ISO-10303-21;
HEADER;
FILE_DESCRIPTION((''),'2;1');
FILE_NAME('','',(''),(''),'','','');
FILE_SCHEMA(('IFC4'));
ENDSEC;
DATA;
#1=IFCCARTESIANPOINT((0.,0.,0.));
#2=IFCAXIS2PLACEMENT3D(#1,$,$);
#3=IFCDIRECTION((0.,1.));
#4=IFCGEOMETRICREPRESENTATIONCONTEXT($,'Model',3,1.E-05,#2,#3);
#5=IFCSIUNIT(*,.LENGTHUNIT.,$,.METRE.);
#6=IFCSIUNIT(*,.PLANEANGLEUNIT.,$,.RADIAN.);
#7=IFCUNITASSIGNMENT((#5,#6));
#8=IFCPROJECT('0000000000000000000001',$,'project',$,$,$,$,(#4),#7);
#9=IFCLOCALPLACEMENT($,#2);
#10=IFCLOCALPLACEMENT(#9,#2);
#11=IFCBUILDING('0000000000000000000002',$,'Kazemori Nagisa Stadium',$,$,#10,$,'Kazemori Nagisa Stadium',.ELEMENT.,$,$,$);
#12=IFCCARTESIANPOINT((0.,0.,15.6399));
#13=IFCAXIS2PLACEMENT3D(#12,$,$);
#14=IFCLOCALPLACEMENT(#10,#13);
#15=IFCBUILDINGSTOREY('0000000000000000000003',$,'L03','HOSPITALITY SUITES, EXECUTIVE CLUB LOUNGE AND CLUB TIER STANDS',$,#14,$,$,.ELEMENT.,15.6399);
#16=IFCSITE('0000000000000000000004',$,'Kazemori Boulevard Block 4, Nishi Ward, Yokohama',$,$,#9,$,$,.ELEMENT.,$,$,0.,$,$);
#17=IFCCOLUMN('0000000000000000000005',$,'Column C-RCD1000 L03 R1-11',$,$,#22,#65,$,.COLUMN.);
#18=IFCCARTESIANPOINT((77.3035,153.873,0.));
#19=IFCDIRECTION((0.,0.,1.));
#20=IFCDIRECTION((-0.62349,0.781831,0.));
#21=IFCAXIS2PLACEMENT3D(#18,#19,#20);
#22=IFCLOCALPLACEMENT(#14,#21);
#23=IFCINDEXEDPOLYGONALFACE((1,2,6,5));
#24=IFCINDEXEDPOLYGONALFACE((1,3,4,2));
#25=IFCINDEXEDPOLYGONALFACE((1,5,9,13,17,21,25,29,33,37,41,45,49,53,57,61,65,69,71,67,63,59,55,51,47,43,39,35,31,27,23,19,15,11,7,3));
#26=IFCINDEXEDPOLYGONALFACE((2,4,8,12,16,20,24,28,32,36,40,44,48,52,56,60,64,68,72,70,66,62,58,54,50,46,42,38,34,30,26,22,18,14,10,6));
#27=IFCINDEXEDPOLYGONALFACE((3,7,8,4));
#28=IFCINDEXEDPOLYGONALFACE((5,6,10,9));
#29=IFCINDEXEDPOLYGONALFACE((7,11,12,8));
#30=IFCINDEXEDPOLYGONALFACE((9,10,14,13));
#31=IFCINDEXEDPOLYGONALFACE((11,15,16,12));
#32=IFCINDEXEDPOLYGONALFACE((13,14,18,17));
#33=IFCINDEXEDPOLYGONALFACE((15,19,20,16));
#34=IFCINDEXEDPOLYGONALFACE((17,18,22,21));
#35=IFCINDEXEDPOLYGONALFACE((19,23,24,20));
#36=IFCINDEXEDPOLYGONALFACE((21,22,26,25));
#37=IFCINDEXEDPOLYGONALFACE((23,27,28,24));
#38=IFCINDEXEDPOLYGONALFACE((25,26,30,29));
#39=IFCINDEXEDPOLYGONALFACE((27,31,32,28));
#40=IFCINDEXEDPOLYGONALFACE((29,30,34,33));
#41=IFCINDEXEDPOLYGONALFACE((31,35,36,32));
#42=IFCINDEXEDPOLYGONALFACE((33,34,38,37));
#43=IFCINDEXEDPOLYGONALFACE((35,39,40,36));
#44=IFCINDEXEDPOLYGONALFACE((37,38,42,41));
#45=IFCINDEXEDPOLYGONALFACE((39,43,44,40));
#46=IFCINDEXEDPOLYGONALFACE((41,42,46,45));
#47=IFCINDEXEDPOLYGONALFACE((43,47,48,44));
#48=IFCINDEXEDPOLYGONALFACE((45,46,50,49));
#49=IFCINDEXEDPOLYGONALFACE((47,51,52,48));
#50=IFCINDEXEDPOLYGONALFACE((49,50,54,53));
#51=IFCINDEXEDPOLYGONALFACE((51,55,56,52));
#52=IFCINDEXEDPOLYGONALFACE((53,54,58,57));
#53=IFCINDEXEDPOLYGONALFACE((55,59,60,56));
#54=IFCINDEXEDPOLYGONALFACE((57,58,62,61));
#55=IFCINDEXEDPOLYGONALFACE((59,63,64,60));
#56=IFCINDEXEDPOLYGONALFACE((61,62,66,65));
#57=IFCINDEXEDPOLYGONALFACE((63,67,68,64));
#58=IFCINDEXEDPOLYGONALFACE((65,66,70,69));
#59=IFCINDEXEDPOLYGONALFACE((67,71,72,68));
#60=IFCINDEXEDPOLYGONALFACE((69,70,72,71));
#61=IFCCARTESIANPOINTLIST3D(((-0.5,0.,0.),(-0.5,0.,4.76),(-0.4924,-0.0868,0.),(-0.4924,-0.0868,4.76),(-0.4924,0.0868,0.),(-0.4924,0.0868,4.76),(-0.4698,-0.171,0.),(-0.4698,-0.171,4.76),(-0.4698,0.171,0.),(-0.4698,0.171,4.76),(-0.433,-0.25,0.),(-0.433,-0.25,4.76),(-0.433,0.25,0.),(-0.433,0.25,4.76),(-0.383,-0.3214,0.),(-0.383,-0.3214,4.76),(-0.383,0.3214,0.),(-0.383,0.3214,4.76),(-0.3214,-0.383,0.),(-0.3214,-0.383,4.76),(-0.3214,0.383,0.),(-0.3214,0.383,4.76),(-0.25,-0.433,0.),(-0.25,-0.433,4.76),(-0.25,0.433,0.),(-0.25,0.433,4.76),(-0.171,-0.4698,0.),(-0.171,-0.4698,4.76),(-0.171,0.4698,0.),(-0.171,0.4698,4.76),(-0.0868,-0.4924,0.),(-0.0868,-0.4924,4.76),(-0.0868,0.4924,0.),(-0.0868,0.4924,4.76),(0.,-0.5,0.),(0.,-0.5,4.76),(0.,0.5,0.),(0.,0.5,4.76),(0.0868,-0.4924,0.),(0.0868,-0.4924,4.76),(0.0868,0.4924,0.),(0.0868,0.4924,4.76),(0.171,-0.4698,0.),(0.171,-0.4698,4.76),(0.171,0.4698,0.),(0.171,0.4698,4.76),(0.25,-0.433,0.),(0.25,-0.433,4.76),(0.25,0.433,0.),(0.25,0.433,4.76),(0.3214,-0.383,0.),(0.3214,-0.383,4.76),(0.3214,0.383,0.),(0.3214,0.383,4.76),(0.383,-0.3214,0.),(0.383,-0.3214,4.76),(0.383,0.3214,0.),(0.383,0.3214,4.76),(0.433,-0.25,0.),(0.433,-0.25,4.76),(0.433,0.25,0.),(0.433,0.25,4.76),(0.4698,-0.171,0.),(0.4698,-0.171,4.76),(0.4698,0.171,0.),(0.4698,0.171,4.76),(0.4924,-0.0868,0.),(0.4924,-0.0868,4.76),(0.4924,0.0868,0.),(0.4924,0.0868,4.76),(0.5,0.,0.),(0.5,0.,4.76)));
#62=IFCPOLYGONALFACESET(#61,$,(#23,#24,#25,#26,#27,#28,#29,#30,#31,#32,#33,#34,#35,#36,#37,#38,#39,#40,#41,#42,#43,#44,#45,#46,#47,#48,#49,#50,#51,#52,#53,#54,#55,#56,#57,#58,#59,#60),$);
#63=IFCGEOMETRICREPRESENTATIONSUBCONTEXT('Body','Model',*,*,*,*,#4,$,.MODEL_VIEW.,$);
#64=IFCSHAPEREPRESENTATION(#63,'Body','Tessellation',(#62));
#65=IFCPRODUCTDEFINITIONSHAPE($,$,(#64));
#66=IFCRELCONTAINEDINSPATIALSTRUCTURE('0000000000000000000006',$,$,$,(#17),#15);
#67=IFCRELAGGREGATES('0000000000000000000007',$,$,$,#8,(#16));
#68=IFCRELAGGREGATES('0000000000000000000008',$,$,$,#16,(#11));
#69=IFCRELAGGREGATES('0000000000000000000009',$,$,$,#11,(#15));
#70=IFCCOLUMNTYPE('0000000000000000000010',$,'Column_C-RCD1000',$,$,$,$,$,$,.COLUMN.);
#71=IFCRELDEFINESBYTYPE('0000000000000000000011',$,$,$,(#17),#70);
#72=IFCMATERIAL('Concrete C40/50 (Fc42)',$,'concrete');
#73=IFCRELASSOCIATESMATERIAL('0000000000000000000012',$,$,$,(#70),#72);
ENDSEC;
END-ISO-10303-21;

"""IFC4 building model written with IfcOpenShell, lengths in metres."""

from ifc_helpers import new_model, si_unit, direction, frame, origin, origin_2d, place, context, subcontext, project, spatial, circle, extrude, material, material_profile, profile_set, type_object, element, save


model = new_model("IFC4")

# Units and contexts
model_context = context("Model", 3, precision=1e-05, world=origin(), true_north=direction((0.0, 1.0)))
body_context = subcontext(model_context, "Body", "Model", "MODEL_VIEW")
ifc_project = project(units=[si_unit("LENGTHUNIT", "METRE"), si_unit("PLANEANGLEUNIT", "RADIAN")], contexts=[model_context])

# Site, building, storey
site_placement = place(None, origin())
site = spatial("IfcSite", under=ifc_project, at=site_placement, Name="Kazemori Boulevard Block 4, Nishi Ward, Yokohama", CompositionType="ELEMENT", RefElevation=0.0)
building_placement = place(site_placement, origin())
building = spatial("IfcBuilding", under=site, at=building_placement, Name="Kazemori Nagisa Stadium", LongName="Kazemori Nagisa Stadium", CompositionType="ELEMENT")
storey_placement = place(building_placement, frame((0.0, 0.0, 15.6399)))
storey = spatial("IfcBuildingStorey", under=building, at=storey_placement, Name="L03", Description="HOSPITALITY SUITES, EXECUTIVE CLUB LOUNGE AND CLUB TIER STANDS", CompositionType="ELEMENT", Elevation=15.6399)

# Column
ifc_material_1 = material(Name="Concrete C40/50 (Fc42)", Category="concrete")
ifc_material_profile_1 = material_profile(ifc_material_1, circle(Radius=0.5, at=origin_2d()), Name="RC-COL-D1000")
ifc_profile_set_1 = profile_set([ifc_material_profile_1], Name="Concrete C40/50 (Fc42)")
column_type_1 = type_object("IfcColumnType", Name="Column_C-RCD1000", PredefinedType="COLUMN", material=ifc_profile_set_1)
column_1_placement = place(storey_placement, frame((77.3035, 153.873, 0.0), z_axis=(0.0, 0.0, 1.0), x_axis=(-0.62349, 0.781831, 0.0)))
element("IfcColumn", 1, at=column_1_placement, inside=storey, type_object=column_type_1, Name="Column C-RCD1000 L03 R1-11", PredefinedType="COLUMN", context=body_context, shape_type="SweptSolid", body=[
    extrude(circle(Radius=0.5, at=origin_2d()), origin(), (0.0, 0.0, 1.0), 4.76),
])

save(model, "model.ifc")
